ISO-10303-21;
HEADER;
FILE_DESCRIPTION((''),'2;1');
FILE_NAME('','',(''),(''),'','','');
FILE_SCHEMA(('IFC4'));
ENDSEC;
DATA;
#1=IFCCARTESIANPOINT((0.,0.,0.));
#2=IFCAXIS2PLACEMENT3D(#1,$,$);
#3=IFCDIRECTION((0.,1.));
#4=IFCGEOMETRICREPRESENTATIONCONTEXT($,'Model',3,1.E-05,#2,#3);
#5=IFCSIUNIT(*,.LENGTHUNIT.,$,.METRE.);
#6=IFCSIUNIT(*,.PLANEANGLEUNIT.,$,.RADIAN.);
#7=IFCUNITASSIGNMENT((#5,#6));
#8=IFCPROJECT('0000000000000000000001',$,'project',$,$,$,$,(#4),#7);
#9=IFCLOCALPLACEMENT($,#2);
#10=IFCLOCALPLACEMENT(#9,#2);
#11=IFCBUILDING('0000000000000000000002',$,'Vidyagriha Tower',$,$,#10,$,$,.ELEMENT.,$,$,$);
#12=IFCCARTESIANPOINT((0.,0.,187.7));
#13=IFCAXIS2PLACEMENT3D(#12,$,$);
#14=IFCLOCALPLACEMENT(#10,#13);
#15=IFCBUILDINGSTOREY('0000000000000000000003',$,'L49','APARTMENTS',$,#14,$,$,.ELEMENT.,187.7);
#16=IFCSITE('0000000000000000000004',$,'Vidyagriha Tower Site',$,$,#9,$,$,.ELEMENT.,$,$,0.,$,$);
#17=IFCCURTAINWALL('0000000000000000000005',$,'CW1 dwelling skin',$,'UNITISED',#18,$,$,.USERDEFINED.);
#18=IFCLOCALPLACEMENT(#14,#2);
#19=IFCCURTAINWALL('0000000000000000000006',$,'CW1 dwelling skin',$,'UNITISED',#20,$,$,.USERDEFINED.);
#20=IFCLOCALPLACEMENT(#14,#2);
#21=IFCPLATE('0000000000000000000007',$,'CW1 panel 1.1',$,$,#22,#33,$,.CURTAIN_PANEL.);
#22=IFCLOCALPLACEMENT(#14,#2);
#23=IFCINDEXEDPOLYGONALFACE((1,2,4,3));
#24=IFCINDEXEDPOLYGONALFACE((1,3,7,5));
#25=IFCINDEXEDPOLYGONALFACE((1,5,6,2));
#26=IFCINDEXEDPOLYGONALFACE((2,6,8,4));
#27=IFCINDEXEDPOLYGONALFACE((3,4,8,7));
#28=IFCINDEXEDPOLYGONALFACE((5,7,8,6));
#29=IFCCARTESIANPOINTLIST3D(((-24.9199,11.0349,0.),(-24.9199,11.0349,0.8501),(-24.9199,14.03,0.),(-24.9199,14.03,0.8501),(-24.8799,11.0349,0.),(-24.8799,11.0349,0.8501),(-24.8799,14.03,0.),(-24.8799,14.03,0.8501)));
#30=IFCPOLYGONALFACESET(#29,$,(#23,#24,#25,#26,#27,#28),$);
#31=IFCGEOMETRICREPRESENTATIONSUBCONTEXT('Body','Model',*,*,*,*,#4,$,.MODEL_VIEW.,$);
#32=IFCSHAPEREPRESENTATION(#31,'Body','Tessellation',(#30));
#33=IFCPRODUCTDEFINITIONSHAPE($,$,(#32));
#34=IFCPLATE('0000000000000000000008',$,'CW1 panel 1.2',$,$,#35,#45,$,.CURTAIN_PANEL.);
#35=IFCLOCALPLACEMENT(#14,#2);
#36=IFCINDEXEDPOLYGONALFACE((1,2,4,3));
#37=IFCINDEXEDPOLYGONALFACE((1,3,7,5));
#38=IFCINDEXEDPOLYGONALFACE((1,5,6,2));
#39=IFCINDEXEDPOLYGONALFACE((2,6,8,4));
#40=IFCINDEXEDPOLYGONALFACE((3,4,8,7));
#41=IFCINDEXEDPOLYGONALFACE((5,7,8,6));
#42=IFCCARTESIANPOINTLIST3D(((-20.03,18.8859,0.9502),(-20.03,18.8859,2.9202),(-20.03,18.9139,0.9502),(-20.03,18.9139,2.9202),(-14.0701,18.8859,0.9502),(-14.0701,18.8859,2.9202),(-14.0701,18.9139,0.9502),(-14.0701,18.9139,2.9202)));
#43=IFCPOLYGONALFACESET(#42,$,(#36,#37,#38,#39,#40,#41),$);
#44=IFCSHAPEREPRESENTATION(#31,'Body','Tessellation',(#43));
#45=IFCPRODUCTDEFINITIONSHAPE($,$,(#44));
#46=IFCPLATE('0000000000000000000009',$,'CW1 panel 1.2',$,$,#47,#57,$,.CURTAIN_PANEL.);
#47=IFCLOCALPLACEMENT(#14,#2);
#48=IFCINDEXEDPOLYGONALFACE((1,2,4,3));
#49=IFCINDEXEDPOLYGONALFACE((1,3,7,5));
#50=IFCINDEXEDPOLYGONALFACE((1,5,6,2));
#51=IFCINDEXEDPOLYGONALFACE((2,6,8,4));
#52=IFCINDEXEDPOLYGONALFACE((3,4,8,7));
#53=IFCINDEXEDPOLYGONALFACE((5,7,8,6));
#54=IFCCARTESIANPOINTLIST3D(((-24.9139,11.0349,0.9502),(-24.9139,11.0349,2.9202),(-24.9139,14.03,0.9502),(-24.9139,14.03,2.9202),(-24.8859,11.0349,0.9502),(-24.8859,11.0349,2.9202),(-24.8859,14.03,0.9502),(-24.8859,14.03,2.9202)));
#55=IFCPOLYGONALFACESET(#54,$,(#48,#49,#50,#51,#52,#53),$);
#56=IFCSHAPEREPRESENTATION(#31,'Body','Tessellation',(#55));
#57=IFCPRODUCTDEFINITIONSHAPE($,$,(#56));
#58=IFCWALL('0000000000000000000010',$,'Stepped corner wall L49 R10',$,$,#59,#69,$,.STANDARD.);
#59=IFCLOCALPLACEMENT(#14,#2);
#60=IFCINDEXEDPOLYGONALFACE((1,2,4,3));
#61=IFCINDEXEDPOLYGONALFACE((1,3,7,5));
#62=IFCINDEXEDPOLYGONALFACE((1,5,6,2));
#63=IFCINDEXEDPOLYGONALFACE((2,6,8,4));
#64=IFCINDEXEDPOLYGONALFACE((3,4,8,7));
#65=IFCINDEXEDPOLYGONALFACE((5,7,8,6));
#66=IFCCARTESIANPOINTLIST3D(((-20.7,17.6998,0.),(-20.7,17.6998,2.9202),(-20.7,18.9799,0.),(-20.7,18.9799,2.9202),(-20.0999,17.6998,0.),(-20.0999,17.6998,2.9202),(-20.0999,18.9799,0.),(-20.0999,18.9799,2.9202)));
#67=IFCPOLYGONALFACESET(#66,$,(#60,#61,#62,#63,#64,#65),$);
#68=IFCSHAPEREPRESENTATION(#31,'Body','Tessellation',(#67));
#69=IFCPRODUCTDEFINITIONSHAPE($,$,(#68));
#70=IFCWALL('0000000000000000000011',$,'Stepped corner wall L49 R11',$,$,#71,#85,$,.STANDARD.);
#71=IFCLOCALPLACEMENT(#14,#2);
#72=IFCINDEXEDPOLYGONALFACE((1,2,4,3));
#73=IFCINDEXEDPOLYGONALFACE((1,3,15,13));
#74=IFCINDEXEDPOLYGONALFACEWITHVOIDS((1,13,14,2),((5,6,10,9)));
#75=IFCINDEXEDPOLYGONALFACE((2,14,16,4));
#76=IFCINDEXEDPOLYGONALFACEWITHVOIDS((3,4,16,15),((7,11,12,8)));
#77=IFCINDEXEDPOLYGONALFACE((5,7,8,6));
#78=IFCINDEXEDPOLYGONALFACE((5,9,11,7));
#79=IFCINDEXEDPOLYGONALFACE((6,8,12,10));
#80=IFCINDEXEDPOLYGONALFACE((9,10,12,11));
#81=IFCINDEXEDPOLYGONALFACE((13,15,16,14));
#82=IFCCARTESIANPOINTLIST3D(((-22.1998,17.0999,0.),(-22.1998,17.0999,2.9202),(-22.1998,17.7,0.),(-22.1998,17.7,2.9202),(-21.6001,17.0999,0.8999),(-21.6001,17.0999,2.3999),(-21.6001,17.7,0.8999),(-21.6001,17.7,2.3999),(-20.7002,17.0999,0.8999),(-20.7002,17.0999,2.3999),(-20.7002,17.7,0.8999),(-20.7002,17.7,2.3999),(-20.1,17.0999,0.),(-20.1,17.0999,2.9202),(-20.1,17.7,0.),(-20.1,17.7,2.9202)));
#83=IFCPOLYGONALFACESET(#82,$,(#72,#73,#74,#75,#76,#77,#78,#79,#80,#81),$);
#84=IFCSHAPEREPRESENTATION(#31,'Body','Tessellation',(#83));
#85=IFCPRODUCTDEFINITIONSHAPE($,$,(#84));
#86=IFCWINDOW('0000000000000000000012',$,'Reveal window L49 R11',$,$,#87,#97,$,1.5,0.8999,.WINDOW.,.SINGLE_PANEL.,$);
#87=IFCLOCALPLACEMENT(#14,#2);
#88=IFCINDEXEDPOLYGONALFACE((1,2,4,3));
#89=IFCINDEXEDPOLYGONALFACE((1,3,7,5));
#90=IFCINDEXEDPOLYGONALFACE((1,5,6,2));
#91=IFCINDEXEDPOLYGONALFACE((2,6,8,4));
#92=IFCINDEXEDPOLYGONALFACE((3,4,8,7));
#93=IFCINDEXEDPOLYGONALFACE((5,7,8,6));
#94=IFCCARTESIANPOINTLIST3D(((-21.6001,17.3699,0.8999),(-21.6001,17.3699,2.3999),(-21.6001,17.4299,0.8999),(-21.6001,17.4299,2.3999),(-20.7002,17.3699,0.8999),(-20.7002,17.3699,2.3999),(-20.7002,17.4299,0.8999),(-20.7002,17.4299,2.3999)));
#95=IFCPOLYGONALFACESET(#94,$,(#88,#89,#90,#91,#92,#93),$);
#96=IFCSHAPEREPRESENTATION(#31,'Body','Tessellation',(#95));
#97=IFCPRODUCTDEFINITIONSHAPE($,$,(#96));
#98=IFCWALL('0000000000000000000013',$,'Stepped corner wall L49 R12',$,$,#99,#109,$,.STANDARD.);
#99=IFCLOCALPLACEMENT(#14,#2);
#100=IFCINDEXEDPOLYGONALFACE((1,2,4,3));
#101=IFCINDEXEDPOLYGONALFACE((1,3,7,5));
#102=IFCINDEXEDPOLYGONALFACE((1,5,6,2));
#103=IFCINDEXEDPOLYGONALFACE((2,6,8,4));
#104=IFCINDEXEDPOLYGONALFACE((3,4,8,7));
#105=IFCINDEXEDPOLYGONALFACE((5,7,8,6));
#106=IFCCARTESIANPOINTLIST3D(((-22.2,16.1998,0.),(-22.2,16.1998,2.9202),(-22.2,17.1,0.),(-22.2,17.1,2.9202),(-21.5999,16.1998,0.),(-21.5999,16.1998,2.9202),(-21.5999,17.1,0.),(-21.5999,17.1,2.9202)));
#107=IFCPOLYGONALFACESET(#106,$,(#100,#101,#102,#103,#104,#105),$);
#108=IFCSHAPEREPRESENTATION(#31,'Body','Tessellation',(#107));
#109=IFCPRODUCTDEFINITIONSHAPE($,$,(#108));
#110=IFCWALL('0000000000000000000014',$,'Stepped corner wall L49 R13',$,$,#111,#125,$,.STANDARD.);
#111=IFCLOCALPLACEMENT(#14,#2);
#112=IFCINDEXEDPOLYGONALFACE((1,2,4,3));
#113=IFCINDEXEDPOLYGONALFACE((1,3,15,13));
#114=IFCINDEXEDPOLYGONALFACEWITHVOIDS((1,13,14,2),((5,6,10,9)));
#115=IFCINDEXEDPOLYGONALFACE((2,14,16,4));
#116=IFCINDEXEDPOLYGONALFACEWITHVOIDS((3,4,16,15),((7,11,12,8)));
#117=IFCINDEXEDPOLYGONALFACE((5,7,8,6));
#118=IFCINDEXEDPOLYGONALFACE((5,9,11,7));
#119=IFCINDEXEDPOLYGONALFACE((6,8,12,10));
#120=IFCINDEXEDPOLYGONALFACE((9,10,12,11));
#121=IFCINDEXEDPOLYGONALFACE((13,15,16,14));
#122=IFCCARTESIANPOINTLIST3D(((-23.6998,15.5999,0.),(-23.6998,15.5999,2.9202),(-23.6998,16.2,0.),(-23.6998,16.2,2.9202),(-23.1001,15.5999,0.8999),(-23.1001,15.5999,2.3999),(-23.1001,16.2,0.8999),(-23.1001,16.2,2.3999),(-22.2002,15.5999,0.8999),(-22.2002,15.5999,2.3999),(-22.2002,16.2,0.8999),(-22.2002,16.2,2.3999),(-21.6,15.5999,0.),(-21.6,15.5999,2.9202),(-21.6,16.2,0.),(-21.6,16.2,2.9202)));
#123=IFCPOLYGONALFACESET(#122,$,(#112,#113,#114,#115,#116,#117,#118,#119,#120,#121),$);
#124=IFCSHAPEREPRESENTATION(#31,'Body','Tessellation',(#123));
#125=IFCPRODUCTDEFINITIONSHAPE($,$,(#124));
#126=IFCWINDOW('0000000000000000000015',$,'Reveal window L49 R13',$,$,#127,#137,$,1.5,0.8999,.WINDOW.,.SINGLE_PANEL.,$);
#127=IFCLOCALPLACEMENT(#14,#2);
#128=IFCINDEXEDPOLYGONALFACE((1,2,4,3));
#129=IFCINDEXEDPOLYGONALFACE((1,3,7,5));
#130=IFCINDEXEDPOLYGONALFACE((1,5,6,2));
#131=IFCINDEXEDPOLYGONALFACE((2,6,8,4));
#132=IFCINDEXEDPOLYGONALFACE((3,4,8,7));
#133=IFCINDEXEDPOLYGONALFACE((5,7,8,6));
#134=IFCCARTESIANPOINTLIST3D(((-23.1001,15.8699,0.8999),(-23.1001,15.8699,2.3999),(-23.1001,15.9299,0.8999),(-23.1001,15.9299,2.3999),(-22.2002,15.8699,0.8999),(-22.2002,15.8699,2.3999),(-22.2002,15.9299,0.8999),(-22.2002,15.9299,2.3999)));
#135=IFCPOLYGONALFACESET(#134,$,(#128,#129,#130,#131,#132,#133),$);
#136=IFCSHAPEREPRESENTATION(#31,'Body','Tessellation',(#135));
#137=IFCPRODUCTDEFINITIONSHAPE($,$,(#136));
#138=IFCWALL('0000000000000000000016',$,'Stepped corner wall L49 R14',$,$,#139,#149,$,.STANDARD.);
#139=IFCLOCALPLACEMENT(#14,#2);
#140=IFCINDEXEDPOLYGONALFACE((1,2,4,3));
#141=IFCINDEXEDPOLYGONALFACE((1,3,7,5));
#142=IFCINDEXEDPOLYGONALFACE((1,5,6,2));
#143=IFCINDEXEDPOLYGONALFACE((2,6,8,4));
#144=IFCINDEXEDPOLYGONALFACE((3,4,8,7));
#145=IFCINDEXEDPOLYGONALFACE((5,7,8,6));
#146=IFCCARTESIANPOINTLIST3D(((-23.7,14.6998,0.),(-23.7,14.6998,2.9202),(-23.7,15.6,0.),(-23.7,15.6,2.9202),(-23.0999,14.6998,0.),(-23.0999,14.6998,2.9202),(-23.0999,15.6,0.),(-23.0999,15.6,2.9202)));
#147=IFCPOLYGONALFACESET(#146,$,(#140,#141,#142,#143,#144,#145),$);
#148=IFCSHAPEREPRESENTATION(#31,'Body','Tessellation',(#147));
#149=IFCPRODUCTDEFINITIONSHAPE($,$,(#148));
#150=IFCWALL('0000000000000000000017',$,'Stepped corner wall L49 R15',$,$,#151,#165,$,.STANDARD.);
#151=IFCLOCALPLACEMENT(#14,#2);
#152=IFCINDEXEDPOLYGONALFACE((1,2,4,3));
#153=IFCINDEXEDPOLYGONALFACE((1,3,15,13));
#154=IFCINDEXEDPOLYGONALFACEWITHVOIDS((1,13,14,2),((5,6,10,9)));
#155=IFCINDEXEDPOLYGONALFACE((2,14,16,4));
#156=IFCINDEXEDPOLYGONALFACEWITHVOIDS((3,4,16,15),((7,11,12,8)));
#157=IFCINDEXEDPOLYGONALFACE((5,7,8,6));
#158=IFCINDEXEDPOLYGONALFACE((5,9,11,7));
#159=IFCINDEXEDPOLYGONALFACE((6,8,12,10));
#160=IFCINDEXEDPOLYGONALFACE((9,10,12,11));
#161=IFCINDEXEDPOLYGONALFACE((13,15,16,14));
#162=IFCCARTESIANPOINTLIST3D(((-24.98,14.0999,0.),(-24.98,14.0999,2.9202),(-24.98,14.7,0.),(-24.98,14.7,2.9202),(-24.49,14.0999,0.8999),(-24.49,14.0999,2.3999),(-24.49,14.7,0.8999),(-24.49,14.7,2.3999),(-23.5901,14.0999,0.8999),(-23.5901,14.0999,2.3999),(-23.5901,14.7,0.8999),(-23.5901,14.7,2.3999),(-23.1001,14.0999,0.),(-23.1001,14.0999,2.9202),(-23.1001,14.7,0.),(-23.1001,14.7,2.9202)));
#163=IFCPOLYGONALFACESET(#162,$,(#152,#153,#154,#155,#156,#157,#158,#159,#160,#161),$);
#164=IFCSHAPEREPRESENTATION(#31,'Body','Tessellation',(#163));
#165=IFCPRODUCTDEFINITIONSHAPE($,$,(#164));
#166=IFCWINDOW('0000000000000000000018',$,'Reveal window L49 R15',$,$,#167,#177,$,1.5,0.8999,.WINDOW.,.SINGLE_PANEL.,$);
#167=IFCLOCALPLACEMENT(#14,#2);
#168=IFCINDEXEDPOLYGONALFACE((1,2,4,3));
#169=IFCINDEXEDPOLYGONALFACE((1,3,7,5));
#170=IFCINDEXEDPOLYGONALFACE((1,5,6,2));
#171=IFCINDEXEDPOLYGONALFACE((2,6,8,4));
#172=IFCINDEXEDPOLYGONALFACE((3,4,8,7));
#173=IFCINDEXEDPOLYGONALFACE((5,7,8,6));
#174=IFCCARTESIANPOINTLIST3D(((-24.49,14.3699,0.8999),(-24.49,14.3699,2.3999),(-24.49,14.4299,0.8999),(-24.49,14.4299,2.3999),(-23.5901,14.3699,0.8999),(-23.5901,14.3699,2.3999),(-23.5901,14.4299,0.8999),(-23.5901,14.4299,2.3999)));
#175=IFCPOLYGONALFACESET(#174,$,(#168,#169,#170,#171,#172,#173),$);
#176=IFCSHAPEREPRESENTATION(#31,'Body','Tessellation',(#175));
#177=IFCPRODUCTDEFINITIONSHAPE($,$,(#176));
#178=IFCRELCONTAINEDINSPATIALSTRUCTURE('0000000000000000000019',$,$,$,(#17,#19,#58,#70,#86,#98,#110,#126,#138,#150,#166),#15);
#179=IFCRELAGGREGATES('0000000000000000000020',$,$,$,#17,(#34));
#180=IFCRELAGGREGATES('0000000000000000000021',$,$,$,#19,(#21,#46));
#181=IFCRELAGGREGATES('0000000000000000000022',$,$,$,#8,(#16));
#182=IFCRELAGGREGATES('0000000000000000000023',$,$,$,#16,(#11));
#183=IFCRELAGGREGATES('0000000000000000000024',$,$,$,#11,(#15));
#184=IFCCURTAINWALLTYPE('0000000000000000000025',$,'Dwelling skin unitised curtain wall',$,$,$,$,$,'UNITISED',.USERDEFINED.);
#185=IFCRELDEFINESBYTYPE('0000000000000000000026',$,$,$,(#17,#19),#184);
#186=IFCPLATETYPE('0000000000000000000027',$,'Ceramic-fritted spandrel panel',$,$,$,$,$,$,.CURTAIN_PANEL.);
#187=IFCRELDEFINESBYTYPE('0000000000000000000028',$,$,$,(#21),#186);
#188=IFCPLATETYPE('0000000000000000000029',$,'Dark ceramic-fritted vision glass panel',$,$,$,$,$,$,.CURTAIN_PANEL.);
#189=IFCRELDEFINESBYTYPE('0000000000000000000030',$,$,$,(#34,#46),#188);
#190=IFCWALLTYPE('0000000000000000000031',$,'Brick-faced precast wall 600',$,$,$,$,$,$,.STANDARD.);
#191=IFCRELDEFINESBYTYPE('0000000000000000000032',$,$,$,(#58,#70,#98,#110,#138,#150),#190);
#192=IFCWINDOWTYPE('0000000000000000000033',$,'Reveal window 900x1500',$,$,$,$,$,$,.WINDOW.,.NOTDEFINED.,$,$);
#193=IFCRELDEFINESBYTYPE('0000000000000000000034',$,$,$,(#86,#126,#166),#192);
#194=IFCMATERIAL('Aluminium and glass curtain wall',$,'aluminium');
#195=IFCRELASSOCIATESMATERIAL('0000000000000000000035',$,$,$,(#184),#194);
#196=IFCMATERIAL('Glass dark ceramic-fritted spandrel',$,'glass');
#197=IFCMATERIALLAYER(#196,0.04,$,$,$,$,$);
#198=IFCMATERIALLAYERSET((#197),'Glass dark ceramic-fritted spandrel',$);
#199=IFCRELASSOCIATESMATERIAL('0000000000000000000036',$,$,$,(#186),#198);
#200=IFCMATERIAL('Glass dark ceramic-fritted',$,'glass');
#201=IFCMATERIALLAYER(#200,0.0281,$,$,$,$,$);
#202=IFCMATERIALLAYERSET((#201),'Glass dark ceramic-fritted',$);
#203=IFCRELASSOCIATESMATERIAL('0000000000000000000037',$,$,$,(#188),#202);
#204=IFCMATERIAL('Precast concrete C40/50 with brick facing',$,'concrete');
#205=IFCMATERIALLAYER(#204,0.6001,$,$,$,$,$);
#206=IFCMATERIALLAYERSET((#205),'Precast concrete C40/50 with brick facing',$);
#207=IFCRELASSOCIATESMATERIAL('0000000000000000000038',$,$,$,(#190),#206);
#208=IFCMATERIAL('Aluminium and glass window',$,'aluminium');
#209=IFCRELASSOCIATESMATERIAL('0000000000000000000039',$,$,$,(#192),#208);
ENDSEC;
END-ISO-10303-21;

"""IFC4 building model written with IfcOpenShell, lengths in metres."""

from ifc_helpers import new_model, si_unit, direction, frame, frame_2d, origin, origin_2d, place, context, subcontext, project, spatial, rectangle, extrude, material, layer, layer_set, type_object, element, fill, aggregate, save


model = new_model("IFC4")

# Units and contexts
model_context = context("Model", 3, precision=1e-05, world=origin(), true_north=direction((0.0, 1.0)))
body_context = subcontext(model_context, "Body", "Model", "MODEL_VIEW")
ifc_project = project(units=[si_unit("LENGTHUNIT", "METRE"), si_unit("PLANEANGLEUNIT", "RADIAN")], contexts=[model_context])

# Site, building, storey
site_placement = place(None, origin())
site = spatial("IfcSite", under=ifc_project, at=site_placement, Name="Vidyagriha Tower Site", CompositionType="ELEMENT", RefElevation=0.0)
building_placement = place(site_placement, origin())
building = spatial("IfcBuilding", under=site, at=building_placement, Name="Vidyagriha Tower", CompositionType="ELEMENT")
storey_placement = place(building_placement, frame((0.0, 0.0, 187.7)))
storey = spatial("IfcBuildingStorey", under=building, at=storey_placement, Name="L49", Description="APARTMENTS", CompositionType="ELEMENT", Elevation=187.7)

# Curtain walls
ifc_material_1 = material(Name="Aluminium and glass curtain wall", Category="aluminium")
curtain_wall_type = type_object("IfcCurtainWallType", Name="Dwelling skin unitised curtain wall", ElementType="UNITISED", PredefinedType="USERDEFINED", material=ifc_material_1)
curtain_wall_1_placement = place(storey_placement, origin())
curtain_wall_1 = element("IfcCurtainWall", 1, at=curtain_wall_1_placement, inside=storey, type_object=curtain_wall_type, Name="CW1 dwelling skin", ObjectType="UNITISED", PredefinedType="USERDEFINED")
curtain_wall_2_placement = place(storey_placement, origin())
curtain_wall_2 = element("IfcCurtainWall", 2, at=curtain_wall_2_placement, inside=storey, type_object=curtain_wall_type, Name="CW1 dwelling skin", ObjectType="UNITISED", PredefinedType="USERDEFINED")

# Plates
ifc_material_2 = material(Name="Glass dark ceramic-fritted spandrel", Category="glass")
ifc_layer_1 = layer(ifc_material_2, 0.04)
ifc_layer_set_1 = layer_set([ifc_layer_1], Name="Glass dark ceramic-fritted spandrel")
plate_type_1 = type_object("IfcPlateType", Name="Ceramic-fritted spandrel panel", PredefinedType="CURTAIN_PANEL", material=ifc_layer_set_1)
plate_1_placement = place(storey_placement, frame((-24.8999, 12.5325, 0.0), z_axis=(0.0, 0.0, 1.0), x_axis=(0.0, -1.0, 0.0)))
plate_1 = element("IfcPlate", 3, at=plate_1_placement, type_object=plate_type_1, Name="CW1 panel 1.1", PredefinedType="CURTAIN_PANEL", context=body_context, shape_type="SweptSolid", body=[
    extrude(rectangle(XDim=2.9951, YDim=0.04, at=origin_2d()), origin(), (0.0, 0.0, 1.0), 0.8501),
])
ifc_material_3 = material(Name="Glass dark ceramic-fritted", Category="glass")
ifc_layer_2 = layer(ifc_material_3, 0.0281)
ifc_layer_set_2 = layer_set([ifc_layer_2], Name="Glass dark ceramic-fritted")
plate_type_2 = type_object("IfcPlateType", Name="Dark ceramic-fritted vision glass panel", PredefinedType="CURTAIN_PANEL", material=ifc_layer_set_2)
plate_2_placement = place(storey_placement, frame((-17.05, 18.8999, 0.9502), z_axis=(0.0, 0.0, 1.0), x_axis=(-1.0, 0.0, 0.0)))
plate_2 = element("IfcPlate", 4, at=plate_2_placement, type_object=plate_type_2, Name="CW1 panel 1.2", PredefinedType="CURTAIN_PANEL", context=body_context, shape_type="SweptSolid", body=[
    extrude(rectangle(XDim=5.96, YDim=0.0281, at=origin_2d()), origin(), (0.0, 0.0, 1.0), 1.97),
])
aggregate(curtain_wall_1, [plate_2])
plate_3_placement = place(storey_placement, frame((-24.8999, 12.5325, 0.9502), z_axis=(0.0, 0.0, 1.0), x_axis=(0.0, -1.0, 0.0)))
plate_3 = element("IfcPlate", 5, at=plate_3_placement, type_object=plate_type_2, Name="CW1 panel 1.2", PredefinedType="CURTAIN_PANEL", context=body_context, shape_type="SweptSolid", body=[
    extrude(rectangle(XDim=2.9951, YDim=0.0281, at=origin_2d()), origin(), (0.0, 0.0, 1.0), 1.97),
])
aggregate(curtain_wall_2, [plate_1, plate_3])

# Wall
ifc_material_4 = material(Name="Precast concrete C40/50 with brick facing", Category="concrete")
ifc_layer_3 = layer(ifc_material_4, 0.6001)
ifc_layer_set_3 = layer_set([ifc_layer_3], Name="Precast concrete C40/50 with brick facing")
wall_type_1 = type_object("IfcWallType", Name="Brick-faced precast wall 600", PredefinedType="STANDARD", material=ifc_layer_set_3)
wall_1_placement = place(storey_placement, frame((-20.3999, 18.98, 0.0), z_axis=(0.0, 0.0, 1.0), x_axis=(0.0, -1.0, 0.0)))
element("IfcWall", 6, at=wall_1_placement, inside=storey, type_object=wall_type_1, Name="Stepped corner wall L49 R10", PredefinedType="STANDARD", context=body_context, shape_type="SweptSolid", body=[
    extrude(rectangle(XDim=1.28, YDim=0.6001, at=frame_2d((0.6401, 0.0))), origin(), (0.0, 0.0, 1.0), 2.9202),
])

# Wall, opening, window
wall_2_placement = place(storey_placement, frame((-20.1001, 17.3999, 0.0), z_axis=(0.0, 0.0, 1.0), x_axis=(-1.0, 0.0, 0.0)))
wall_2 = element("IfcWall", 7, at=wall_2_placement, inside=storey, type_object=wall_type_1, Name="Stepped corner wall L49 R11", PredefinedType="STANDARD", context=body_context, shape_type="SweptSolid", body=[
    extrude(rectangle(XDim=2.0999, YDim=0.6001, at=frame_2d((1.0498, 0.0))), origin(), (0.0, 0.0, 1.0), 2.9202),
])
opening_1_placement = place(wall_2_placement, frame((0.6001, 0.0, 0.8999)))
opening_1 = element("IfcOpeningElement", 8, at=opening_1_placement, cuts=wall_2, PredefinedType="OPENING", context=body_context, shape_type="SweptSolid", body=[
    extrude(rectangle(XDim=0.8999, YDim=1.5, at=frame_2d((0.45, 0.75))), frame((0.0, 0.3101, 0.0), z_axis=(0.0, -1.0, 0.0), x_axis=(1.0, 0.0, 0.0)), (0.0, 0.0, 1.0), 0.6201),
])
ifc_material_5 = material(Name="Aluminium and glass window", Category="aluminium")
window_type = type_object("IfcWindowType", Name="Reveal window 900x1500", PartitioningType="NOTDEFINED", PredefinedType="WINDOW", material=ifc_material_5)
window_1_placement = place(opening_1_placement, origin())
window_1 = element("IfcWindow", 9, at=window_1_placement, inside=storey, type_object=window_type, Name="Reveal window L49 R11", OverallHeight=1.5, OverallWidth=0.8999, PartitioningType="SINGLE_PANEL", PredefinedType="WINDOW", context=body_context, shape_type="SweptSolid", body=[
    extrude(rectangle(XDim=0.8999, YDim=1.5, at=frame_2d((0.45, 0.75))), frame((0.0, 0.03, 0.0), z_axis=(0.0, -1.0, 0.0), x_axis=(1.0, 0.0, 0.0)), (0.0, 0.0, 1.0), 0.0601),
])
fill(opening_1, window_1)

# Wall
wall_3_placement = place(storey_placement, frame((-21.8999, 17.1001, 0.0), z_axis=(0.0, 0.0, 1.0), x_axis=(0.0, -1.0, 0.0)))
element("IfcWall", 10, at=wall_3_placement, inside=storey, type_object=wall_type_1, Name="Stepped corner wall L49 R12", PredefinedType="STANDARD", context=body_context, shape_type="SweptSolid", body=[
    extrude(rectangle(XDim=0.9001, YDim=0.6001, at=frame_2d((0.4502, 0.0))), origin(), (0.0, 0.0, 1.0), 2.9202),
])

# Wall, opening, window
wall_4_placement = place(storey_placement, frame((-21.6001, 15.8999, 0.0), z_axis=(0.0, 0.0, 1.0), x_axis=(-1.0, 0.0, 0.0)))
wall_4 = element("IfcWall", 11, at=wall_4_placement, inside=storey, type_object=wall_type_1, Name="Stepped corner wall L49 R13", PredefinedType="STANDARD", context=body_context, shape_type="SweptSolid", body=[
    extrude(rectangle(XDim=2.0999, YDim=0.6001, at=frame_2d((1.0498, 0.0))), origin(), (0.0, 0.0, 1.0), 2.9202),
])
opening_2_placement = place(wall_4_placement, frame((0.6001, 0.0, 0.8999)))
opening_2 = element("IfcOpeningElement", 12, at=opening_2_placement, cuts=wall_4, PredefinedType="OPENING", context=body_context, shape_type="SweptSolid", body=[
    extrude(rectangle(XDim=0.8999, YDim=1.5, at=frame_2d((0.45, 0.75))), frame((0.0, 0.3101, 0.0), z_axis=(0.0, -1.0, 0.0), x_axis=(1.0, 0.0, 0.0)), (0.0, 0.0, 1.0), 0.6201),
])
window_2_placement = place(opening_2_placement, origin())
window_2 = element("IfcWindow", 13, at=window_2_placement, inside=storey, type_object=window_type, Name="Reveal window L49 R13", OverallHeight=1.5, OverallWidth=0.8999, PartitioningType="SINGLE_PANEL", PredefinedType="WINDOW", context=body_context, shape_type="SweptSolid", body=[
    extrude(rectangle(XDim=0.8999, YDim=1.5, at=frame_2d((0.45, 0.75))), frame((0.0, 0.03, 0.0), z_axis=(0.0, -1.0, 0.0), x_axis=(1.0, 0.0, 0.0)), (0.0, 0.0, 1.0), 0.0601),
])
fill(opening_2, window_2)

# Wall
wall_5_placement = place(storey_placement, frame((-23.3999, 15.6001, 0.0), z_axis=(0.0, 0.0, 1.0), x_axis=(0.0, -1.0, 0.0)))
element("IfcWall", 14, at=wall_5_placement, inside=storey, type_object=wall_type_1, Name="Stepped corner wall L49 R14", PredefinedType="STANDARD", context=body_context, shape_type="SweptSolid", body=[
    extrude(rectangle(XDim=0.9001, YDim=0.6001, at=frame_2d((0.4502, 0.0))), origin(), (0.0, 0.0, 1.0), 2.9202),
])

# Wall, opening, window
wall_6_placement = place(storey_placement, frame((-23.1001, 14.3999, 0.0), z_axis=(0.0, 0.0, 1.0), x_axis=(-1.0, 0.0, 0.0)))
wall_6 = element("IfcWall", 15, at=wall_6_placement, inside=storey, type_object=wall_type_1, Name="Stepped corner wall L49 R15", PredefinedType="STANDARD", context=body_context, shape_type="SweptSolid", body=[
    extrude(rectangle(XDim=1.8799, YDim=0.6001, at=frame_2d((0.9399, 0.0))), origin(), (0.0, 0.0, 1.0), 2.9202),
])
opening_3_placement = place(wall_6_placement, frame((0.49, 0.0, 0.8999)))
opening_3 = element("IfcOpeningElement", 16, at=opening_3_placement, cuts=wall_6, PredefinedType="OPENING", context=body_context, shape_type="SweptSolid", body=[
    extrude(rectangle(XDim=0.8999, YDim=1.5, at=frame_2d((0.45, 0.75))), frame((0.0, 0.3101, 0.0), z_axis=(0.0, -1.0, 0.0), x_axis=(1.0, 0.0, 0.0)), (0.0, 0.0, 1.0), 0.6201),
])
window_3_placement = place(opening_3_placement, origin())
window_3 = element("IfcWindow", 17, at=window_3_placement, inside=storey, type_object=window_type, Name="Reveal window L49 R15", OverallHeight=1.5, OverallWidth=0.8999, PartitioningType="SINGLE_PANEL", PredefinedType="WINDOW", context=body_context, shape_type="SweptSolid", body=[
    extrude(rectangle(XDim=0.8999, YDim=1.5, at=frame_2d((0.45, 0.75))), frame((0.0, 0.03, 0.0), z_axis=(0.0, -1.0, 0.0), x_axis=(1.0, 0.0, 0.0)), (0.0, 0.0, 1.0), 0.0601),
])
fill(opening_3, window_3)

save(model, "model.ifc")
